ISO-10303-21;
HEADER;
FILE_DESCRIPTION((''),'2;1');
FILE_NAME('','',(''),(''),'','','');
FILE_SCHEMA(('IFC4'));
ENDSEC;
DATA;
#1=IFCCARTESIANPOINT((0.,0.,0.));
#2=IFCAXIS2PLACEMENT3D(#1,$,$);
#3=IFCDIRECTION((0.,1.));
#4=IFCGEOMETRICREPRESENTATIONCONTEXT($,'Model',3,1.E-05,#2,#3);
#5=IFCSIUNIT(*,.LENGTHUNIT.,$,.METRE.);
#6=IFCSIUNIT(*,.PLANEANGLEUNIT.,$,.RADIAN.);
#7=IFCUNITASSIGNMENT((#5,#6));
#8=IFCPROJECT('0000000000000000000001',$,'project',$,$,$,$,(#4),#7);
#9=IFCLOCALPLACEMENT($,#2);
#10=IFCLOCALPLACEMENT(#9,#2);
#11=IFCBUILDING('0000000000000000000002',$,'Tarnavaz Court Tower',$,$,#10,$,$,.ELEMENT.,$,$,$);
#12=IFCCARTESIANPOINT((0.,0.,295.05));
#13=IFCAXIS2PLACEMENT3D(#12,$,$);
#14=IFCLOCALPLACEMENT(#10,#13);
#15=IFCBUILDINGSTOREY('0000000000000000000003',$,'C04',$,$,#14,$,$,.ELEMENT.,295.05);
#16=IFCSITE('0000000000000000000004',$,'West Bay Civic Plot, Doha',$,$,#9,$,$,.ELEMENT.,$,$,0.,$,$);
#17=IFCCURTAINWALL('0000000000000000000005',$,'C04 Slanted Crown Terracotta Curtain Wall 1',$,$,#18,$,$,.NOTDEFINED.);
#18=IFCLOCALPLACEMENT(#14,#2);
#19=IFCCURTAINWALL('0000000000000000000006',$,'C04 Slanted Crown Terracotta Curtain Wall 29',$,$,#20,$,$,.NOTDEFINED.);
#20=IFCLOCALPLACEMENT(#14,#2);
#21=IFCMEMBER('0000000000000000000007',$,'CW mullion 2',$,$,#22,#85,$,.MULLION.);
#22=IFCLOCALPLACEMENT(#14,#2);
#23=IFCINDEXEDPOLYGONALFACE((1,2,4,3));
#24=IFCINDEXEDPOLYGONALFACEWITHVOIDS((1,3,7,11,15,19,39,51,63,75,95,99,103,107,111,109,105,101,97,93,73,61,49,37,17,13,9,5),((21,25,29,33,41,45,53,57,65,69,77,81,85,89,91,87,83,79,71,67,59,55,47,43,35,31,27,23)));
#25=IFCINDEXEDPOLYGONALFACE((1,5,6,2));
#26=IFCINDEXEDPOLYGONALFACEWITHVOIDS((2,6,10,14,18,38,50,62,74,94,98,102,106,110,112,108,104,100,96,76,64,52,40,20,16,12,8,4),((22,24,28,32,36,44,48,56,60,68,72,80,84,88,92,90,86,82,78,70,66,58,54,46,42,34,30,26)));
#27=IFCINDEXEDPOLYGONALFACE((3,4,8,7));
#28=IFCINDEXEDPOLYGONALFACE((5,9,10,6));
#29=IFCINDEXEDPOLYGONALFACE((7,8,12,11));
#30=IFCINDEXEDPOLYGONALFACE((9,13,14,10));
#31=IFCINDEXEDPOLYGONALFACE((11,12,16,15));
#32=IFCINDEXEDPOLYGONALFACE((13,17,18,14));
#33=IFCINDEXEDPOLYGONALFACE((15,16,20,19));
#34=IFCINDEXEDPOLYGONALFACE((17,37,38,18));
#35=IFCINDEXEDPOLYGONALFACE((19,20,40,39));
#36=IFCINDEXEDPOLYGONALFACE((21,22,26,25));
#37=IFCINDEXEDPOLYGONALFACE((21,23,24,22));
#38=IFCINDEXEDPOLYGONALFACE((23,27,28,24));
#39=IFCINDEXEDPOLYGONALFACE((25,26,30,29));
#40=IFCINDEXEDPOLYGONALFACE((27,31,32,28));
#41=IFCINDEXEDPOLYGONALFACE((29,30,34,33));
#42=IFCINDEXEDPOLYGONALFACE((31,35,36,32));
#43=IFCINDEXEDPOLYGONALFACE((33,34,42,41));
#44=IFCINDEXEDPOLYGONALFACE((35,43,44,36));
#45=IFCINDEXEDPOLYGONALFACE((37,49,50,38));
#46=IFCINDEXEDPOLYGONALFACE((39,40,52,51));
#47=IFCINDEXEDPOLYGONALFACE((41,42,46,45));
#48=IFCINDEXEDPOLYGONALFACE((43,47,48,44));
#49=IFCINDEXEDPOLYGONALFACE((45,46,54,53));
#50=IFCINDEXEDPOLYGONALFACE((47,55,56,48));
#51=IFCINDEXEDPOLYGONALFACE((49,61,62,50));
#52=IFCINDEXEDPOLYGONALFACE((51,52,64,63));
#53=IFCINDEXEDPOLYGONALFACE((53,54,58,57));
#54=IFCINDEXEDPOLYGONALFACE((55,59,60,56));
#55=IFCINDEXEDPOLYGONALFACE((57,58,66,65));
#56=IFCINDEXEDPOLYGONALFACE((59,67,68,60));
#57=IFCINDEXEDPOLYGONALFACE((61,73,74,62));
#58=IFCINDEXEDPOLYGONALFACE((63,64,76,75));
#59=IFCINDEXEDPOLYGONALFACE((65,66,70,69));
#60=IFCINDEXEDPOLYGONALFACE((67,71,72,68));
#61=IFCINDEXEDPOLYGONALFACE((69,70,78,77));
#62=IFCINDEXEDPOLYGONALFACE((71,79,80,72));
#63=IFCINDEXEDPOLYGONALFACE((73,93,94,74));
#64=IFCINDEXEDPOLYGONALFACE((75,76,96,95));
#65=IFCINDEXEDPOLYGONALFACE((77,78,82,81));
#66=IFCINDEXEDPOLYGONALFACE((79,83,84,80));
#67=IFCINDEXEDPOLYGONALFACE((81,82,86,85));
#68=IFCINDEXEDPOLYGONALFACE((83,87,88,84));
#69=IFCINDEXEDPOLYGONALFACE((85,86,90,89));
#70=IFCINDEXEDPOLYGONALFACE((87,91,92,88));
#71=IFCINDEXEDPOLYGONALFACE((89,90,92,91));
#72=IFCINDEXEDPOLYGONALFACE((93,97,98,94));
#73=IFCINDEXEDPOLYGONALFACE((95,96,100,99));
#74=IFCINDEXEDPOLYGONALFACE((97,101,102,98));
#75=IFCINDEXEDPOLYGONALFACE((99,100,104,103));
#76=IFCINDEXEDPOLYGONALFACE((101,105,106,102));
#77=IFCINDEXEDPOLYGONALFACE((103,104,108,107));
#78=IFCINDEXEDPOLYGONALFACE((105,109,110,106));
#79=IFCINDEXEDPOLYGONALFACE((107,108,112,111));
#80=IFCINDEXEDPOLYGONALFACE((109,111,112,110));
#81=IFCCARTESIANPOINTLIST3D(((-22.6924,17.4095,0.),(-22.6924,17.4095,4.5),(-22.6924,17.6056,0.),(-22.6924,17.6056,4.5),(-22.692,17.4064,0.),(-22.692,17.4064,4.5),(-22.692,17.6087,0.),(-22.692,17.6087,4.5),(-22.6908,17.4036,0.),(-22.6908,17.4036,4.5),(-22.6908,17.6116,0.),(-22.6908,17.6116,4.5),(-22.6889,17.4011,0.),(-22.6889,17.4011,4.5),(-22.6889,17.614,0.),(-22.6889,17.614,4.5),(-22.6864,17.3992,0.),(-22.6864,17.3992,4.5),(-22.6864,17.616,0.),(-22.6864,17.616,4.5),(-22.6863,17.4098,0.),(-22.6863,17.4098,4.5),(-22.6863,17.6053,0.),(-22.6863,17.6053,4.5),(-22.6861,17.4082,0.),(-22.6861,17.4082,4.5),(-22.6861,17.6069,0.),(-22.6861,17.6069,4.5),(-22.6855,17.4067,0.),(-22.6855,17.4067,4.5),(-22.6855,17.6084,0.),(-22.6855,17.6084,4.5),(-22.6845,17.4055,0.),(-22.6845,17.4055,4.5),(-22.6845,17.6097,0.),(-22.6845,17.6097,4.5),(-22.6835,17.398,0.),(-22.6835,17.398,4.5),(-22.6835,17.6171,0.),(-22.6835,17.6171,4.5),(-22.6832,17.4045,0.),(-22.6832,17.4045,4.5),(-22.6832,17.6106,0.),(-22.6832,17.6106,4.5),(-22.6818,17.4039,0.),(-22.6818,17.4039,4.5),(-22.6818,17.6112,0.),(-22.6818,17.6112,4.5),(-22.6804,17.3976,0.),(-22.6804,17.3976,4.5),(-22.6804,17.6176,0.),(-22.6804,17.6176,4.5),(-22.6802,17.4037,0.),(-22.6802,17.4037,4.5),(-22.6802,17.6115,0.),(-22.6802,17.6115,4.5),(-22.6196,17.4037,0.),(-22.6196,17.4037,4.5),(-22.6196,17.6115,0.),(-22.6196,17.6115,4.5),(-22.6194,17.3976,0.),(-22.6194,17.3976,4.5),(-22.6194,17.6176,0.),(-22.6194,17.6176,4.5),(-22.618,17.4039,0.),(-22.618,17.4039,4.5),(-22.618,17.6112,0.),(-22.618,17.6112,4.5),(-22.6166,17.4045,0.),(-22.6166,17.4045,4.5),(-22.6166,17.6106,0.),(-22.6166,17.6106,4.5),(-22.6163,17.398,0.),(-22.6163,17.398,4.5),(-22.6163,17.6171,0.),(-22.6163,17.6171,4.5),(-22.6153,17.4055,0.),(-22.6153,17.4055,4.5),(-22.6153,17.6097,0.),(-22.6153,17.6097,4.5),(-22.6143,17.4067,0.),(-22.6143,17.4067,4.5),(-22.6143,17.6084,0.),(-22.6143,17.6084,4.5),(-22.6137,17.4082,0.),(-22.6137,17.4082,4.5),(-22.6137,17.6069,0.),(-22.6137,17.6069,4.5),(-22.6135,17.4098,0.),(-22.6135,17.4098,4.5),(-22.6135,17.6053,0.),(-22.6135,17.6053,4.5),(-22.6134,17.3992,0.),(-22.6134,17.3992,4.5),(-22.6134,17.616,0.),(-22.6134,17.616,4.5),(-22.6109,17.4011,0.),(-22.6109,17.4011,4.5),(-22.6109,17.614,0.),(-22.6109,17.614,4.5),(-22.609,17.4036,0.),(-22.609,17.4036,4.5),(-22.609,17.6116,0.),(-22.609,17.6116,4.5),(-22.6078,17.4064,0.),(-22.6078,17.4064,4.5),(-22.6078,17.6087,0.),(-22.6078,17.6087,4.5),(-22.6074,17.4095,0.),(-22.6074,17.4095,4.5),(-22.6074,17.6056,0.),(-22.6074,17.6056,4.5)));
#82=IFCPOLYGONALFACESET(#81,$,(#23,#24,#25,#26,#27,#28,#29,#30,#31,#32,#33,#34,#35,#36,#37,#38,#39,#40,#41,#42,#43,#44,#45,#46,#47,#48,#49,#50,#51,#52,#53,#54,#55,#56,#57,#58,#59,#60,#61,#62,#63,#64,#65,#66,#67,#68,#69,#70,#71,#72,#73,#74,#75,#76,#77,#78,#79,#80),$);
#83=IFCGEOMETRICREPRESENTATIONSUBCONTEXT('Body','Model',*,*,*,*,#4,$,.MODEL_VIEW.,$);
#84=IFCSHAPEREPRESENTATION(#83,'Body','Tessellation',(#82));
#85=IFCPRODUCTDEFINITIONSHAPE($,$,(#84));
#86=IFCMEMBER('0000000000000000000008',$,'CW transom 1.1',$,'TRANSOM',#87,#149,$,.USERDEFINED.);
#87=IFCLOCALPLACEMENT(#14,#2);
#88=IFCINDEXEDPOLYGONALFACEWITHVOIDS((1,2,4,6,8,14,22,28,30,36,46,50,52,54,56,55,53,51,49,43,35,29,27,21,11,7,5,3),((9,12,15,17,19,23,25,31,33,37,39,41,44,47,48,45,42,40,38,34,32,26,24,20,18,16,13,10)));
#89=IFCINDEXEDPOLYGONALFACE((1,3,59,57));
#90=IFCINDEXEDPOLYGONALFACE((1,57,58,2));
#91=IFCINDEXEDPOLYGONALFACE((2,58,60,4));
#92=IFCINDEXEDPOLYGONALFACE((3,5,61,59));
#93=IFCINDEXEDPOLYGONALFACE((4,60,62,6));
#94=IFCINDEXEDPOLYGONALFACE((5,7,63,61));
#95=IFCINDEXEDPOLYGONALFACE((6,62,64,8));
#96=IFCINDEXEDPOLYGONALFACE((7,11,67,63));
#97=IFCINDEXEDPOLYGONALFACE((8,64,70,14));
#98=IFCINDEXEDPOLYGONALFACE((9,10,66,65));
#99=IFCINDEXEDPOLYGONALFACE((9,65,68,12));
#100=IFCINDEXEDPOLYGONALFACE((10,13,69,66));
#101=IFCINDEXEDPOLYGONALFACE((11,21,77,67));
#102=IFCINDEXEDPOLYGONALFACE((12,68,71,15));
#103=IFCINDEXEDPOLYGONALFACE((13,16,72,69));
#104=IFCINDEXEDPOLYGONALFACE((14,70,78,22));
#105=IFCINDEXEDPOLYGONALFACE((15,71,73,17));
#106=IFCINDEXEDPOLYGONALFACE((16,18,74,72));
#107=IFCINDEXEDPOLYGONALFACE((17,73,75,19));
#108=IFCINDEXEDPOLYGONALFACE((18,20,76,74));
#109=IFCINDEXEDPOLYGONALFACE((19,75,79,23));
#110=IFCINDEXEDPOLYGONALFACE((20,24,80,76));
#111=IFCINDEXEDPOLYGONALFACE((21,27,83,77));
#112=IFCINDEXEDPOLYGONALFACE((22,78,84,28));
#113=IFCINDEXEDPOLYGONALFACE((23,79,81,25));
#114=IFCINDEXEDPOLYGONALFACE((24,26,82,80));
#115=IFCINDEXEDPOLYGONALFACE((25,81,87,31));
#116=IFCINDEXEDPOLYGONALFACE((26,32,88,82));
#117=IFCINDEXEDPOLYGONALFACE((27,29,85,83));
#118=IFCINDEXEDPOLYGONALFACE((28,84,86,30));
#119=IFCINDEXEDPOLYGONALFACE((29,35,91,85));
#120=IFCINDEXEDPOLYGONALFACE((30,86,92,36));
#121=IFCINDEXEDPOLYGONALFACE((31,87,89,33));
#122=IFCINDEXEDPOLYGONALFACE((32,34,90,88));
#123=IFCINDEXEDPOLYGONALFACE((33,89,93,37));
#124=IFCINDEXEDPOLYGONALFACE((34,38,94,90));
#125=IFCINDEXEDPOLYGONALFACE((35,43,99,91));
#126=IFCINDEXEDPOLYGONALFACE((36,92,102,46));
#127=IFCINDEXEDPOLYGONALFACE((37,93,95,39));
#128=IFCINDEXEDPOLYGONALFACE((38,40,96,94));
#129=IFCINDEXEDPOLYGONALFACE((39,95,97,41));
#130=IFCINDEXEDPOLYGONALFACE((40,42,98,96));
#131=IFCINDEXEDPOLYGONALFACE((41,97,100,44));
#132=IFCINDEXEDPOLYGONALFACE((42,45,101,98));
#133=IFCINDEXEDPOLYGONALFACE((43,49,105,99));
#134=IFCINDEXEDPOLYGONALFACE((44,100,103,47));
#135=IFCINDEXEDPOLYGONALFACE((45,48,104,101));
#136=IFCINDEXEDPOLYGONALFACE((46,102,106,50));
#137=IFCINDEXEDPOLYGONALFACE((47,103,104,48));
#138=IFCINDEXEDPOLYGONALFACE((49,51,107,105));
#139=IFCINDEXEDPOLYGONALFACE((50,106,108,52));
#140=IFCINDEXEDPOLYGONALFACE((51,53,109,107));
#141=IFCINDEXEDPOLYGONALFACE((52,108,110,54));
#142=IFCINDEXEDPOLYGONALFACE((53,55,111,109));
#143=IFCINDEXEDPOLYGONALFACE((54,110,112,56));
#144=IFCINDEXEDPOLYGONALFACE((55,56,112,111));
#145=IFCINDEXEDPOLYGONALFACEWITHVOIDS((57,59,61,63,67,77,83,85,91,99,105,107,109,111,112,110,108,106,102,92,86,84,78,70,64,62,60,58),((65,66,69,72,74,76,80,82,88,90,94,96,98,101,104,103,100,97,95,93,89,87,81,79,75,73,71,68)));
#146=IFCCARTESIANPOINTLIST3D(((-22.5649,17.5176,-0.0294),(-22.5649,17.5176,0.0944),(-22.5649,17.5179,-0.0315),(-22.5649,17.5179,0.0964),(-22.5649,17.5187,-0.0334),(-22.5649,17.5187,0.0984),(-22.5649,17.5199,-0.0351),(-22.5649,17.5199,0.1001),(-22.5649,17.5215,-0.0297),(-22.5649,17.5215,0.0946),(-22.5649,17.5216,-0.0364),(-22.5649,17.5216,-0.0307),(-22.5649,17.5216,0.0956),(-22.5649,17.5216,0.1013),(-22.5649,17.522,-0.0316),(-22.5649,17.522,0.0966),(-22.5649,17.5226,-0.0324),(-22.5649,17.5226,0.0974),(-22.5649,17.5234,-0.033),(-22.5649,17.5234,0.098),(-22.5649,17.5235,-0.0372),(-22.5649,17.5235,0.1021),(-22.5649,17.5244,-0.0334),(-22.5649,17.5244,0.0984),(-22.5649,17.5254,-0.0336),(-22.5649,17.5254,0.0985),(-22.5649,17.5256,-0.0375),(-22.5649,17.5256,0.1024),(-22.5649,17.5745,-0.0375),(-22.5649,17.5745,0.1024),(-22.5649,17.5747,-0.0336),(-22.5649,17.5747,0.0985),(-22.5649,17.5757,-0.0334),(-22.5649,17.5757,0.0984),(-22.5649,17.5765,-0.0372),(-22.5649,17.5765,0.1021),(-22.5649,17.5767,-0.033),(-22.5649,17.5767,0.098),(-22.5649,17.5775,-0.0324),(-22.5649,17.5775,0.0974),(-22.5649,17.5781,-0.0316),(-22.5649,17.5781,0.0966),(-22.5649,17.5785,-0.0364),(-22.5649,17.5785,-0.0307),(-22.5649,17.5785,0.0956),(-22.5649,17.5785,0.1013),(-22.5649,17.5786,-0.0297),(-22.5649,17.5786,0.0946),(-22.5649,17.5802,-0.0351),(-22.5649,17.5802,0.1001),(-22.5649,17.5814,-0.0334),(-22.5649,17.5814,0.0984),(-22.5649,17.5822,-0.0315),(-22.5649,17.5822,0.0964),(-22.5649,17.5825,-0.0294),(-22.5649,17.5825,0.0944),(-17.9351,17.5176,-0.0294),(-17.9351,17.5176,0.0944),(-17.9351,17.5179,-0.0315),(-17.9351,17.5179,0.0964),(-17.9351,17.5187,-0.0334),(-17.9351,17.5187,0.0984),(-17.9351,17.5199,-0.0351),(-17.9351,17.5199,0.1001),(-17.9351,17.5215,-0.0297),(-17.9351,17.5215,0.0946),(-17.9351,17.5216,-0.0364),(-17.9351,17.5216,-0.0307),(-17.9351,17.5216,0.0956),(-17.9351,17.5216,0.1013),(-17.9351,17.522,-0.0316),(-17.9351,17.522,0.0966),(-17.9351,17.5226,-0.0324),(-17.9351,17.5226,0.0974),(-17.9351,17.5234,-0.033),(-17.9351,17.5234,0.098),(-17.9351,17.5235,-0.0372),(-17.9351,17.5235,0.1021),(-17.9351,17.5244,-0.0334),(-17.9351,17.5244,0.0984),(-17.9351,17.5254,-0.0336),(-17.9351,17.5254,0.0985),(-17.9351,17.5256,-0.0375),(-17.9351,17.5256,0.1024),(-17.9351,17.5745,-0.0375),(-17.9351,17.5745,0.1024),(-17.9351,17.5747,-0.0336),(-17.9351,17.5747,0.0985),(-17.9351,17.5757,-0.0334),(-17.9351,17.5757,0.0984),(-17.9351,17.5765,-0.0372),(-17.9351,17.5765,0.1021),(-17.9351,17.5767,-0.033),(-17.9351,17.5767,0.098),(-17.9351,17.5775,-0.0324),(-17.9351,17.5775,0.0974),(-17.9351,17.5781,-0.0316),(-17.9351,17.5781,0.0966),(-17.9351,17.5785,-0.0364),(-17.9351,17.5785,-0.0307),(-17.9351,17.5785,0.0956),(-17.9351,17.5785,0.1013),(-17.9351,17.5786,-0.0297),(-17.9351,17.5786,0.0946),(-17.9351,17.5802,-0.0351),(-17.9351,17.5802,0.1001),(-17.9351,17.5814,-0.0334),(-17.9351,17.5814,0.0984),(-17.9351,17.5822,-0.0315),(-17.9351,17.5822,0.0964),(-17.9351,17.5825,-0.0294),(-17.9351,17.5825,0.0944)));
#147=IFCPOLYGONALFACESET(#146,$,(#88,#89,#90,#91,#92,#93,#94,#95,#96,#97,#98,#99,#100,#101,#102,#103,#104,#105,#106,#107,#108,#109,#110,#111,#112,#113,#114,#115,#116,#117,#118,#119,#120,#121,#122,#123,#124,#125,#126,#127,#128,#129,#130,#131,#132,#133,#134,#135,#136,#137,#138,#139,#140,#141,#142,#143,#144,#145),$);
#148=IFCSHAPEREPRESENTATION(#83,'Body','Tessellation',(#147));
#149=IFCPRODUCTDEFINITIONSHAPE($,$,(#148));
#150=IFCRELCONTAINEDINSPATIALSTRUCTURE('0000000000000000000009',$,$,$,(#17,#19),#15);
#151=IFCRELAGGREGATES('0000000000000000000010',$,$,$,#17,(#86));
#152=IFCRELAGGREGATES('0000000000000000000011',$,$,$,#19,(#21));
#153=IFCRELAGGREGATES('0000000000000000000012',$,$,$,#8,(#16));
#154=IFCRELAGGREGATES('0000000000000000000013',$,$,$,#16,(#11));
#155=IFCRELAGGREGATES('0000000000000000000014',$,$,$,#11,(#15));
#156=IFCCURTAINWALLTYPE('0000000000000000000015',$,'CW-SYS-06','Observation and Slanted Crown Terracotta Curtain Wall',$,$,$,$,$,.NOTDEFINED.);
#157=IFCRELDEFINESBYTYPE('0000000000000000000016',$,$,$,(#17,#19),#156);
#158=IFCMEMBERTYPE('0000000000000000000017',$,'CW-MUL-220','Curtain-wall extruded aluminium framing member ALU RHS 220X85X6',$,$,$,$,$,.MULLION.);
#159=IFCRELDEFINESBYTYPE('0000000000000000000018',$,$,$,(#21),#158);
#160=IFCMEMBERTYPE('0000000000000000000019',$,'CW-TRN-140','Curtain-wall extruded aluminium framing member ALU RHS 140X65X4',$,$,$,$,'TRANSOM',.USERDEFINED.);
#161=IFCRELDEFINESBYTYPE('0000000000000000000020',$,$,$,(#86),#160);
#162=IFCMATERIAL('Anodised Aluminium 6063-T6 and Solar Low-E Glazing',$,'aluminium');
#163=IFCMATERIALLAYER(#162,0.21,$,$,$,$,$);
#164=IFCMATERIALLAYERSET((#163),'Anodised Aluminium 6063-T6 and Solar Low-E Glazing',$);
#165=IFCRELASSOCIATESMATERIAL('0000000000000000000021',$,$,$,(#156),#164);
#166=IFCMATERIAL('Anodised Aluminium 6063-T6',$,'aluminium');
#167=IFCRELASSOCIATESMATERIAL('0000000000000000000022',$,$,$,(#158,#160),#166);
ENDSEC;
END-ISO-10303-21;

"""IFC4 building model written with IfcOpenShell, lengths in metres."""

from ifc_helpers import new_model, si_unit, direction, frame, origin, origin_2d, place, context, subcontext, project, spatial, hollow_rectangle, extrude, material, layer, layer_set, material_profile, profile_set, type_object, element, aggregate, save


model = new_model("IFC4")

# Units and contexts
model_context = context("Model", 3, precision=1e-05, world=origin(), true_north=direction((0.0, 1.0)))
body_context = subcontext(model_context, "Body", "Model", "MODEL_VIEW")
ifc_project = project(units=[si_unit("LENGTHUNIT", "METRE"), si_unit("PLANEANGLEUNIT", "RADIAN")], contexts=[model_context])

# Site, building, storey
site_placement = place(None, origin())
site = spatial("IfcSite", under=ifc_project, at=site_placement, Name="West Bay Civic Plot, Doha", CompositionType="ELEMENT", RefElevation=0.0)
building_placement = place(site_placement, origin())
building = spatial("IfcBuilding", under=site, at=building_placement, Name="Tarnavaz Court Tower", CompositionType="ELEMENT")
storey_placement = place(building_placement, frame((0.0, 0.0, 295.05)))
storey = spatial("IfcBuildingStorey", under=building, at=storey_placement, Name="C04", CompositionType="ELEMENT", Elevation=295.05)

# Curtain wall
ifc_material_1 = material(Name="Anodised Aluminium 6063-T6 and Solar Low-E Glazing", Category="aluminium")
ifc_layer_1 = layer(ifc_material_1, 0.21)
ifc_layer_set_1 = layer_set([ifc_layer_1], Name="Anodised Aluminium 6063-T6 and Solar Low-E Glazing")
curtain_wall_type = type_object("IfcCurtainWallType", Name="CW-SYS-06", Description="Observation and Slanted Crown Terracotta Curtain Wall", PredefinedType="NOTDEFINED", material=ifc_layer_set_1)
curtain_wall_1_placement = place(storey_placement, origin())
curtain_wall_1 = element("IfcCurtainWall", 1, at=curtain_wall_1_placement, inside=storey, type_object=curtain_wall_type, Name="C04 Slanted Crown Terracotta Curtain Wall 1", PredefinedType="NOTDEFINED")
ifc_material_2 = material(Name="Anodised Aluminium 6063-T6", Category="aluminium")
ifc_material_profile_1 = material_profile(ifc_material_2, hollow_rectangle(XDim=0.085, YDim=0.22, WallThickness=0.0061, InnerFilletRadius=0.0061, OuterFilletRadius=0.012, at=origin_2d()), Name="ALU RHS 220X85X6")
ifc_profile_set_1 = profile_set([ifc_material_profile_1], Name="Anodised Aluminium 6063-T6")
member_type_1 = type_object("IfcMemberType", Name="CW-MUL-220", Description="Curtain-wall extruded aluminium framing member ALU RHS 220X85X6", PredefinedType="MULLION", material=ifc_profile_set_1)

# Curtain wall, member
curtain_wall_2_placement = place(storey_placement, origin())
curtain_wall_2 = element("IfcCurtainWall", 2, at=curtain_wall_2_placement, inside=storey, type_object=curtain_wall_type, Name="C04 Slanted Crown Terracotta Curtain Wall 29", PredefinedType="NOTDEFINED")
member_1_placement = place(storey_placement, frame((-22.6499, 17.5076, 0.0), z_axis=(0.0, 0.0, 1.0), x_axis=(-1.0, 0.0, 0.0)))
member_1 = element("IfcMember", 3, at=member_1_placement, type_object=member_type_1, Name="CW mullion 2", PredefinedType="MULLION", context=body_context, shape_type="SweptSolid", body=[
    extrude(hollow_rectangle(XDim=0.085, YDim=0.22, WallThickness=0.0061, InnerFilletRadius=0.0061, OuterFilletRadius=0.012, at=origin_2d()), origin(), (0.0, 0.0, 1.0), 4.5),
])

# Member
ifc_material_profile_2 = material_profile(ifc_material_2, hollow_rectangle(XDim=0.0649, YDim=0.1399, WallThickness=0.0039, InnerFilletRadius=0.0039, OuterFilletRadius=0.0081, at=origin_2d()), Name="ALU RHS 140X65X4")
ifc_profile_set_2 = profile_set([ifc_material_profile_2], Name="Anodised Aluminium 6063-T6")
member_type_2 = type_object("IfcMemberType", Name="CW-TRN-140", Description="Curtain-wall extruded aluminium framing member ALU RHS 140X65X4", ElementType="TRANSOM", PredefinedType="USERDEFINED", material=ifc_profile_set_2)
member_2_placement = place(storey_placement, frame((-22.5649, 17.55, 0.0325), z_axis=(1.0, 0.0, 0.0), x_axis=(0.0, 1.0, 0.0)))
member_2 = element("IfcMember", 4, at=member_2_placement, type_object=member_type_2, Name="CW transom 1.1", ObjectType="TRANSOM", PredefinedType="USERDEFINED", context=body_context, shape_type="SweptSolid", body=[
    extrude(hollow_rectangle(XDim=0.0649, YDim=0.1399, WallThickness=0.0039, InnerFilletRadius=0.0039, OuterFilletRadius=0.0081, at=origin_2d()), origin(), (0.0, 0.0, 1.0), 4.6299),
])

aggregate(curtain_wall_1, [member_2])
aggregate(curtain_wall_2, [member_1])

save(model, "model.ifc")
